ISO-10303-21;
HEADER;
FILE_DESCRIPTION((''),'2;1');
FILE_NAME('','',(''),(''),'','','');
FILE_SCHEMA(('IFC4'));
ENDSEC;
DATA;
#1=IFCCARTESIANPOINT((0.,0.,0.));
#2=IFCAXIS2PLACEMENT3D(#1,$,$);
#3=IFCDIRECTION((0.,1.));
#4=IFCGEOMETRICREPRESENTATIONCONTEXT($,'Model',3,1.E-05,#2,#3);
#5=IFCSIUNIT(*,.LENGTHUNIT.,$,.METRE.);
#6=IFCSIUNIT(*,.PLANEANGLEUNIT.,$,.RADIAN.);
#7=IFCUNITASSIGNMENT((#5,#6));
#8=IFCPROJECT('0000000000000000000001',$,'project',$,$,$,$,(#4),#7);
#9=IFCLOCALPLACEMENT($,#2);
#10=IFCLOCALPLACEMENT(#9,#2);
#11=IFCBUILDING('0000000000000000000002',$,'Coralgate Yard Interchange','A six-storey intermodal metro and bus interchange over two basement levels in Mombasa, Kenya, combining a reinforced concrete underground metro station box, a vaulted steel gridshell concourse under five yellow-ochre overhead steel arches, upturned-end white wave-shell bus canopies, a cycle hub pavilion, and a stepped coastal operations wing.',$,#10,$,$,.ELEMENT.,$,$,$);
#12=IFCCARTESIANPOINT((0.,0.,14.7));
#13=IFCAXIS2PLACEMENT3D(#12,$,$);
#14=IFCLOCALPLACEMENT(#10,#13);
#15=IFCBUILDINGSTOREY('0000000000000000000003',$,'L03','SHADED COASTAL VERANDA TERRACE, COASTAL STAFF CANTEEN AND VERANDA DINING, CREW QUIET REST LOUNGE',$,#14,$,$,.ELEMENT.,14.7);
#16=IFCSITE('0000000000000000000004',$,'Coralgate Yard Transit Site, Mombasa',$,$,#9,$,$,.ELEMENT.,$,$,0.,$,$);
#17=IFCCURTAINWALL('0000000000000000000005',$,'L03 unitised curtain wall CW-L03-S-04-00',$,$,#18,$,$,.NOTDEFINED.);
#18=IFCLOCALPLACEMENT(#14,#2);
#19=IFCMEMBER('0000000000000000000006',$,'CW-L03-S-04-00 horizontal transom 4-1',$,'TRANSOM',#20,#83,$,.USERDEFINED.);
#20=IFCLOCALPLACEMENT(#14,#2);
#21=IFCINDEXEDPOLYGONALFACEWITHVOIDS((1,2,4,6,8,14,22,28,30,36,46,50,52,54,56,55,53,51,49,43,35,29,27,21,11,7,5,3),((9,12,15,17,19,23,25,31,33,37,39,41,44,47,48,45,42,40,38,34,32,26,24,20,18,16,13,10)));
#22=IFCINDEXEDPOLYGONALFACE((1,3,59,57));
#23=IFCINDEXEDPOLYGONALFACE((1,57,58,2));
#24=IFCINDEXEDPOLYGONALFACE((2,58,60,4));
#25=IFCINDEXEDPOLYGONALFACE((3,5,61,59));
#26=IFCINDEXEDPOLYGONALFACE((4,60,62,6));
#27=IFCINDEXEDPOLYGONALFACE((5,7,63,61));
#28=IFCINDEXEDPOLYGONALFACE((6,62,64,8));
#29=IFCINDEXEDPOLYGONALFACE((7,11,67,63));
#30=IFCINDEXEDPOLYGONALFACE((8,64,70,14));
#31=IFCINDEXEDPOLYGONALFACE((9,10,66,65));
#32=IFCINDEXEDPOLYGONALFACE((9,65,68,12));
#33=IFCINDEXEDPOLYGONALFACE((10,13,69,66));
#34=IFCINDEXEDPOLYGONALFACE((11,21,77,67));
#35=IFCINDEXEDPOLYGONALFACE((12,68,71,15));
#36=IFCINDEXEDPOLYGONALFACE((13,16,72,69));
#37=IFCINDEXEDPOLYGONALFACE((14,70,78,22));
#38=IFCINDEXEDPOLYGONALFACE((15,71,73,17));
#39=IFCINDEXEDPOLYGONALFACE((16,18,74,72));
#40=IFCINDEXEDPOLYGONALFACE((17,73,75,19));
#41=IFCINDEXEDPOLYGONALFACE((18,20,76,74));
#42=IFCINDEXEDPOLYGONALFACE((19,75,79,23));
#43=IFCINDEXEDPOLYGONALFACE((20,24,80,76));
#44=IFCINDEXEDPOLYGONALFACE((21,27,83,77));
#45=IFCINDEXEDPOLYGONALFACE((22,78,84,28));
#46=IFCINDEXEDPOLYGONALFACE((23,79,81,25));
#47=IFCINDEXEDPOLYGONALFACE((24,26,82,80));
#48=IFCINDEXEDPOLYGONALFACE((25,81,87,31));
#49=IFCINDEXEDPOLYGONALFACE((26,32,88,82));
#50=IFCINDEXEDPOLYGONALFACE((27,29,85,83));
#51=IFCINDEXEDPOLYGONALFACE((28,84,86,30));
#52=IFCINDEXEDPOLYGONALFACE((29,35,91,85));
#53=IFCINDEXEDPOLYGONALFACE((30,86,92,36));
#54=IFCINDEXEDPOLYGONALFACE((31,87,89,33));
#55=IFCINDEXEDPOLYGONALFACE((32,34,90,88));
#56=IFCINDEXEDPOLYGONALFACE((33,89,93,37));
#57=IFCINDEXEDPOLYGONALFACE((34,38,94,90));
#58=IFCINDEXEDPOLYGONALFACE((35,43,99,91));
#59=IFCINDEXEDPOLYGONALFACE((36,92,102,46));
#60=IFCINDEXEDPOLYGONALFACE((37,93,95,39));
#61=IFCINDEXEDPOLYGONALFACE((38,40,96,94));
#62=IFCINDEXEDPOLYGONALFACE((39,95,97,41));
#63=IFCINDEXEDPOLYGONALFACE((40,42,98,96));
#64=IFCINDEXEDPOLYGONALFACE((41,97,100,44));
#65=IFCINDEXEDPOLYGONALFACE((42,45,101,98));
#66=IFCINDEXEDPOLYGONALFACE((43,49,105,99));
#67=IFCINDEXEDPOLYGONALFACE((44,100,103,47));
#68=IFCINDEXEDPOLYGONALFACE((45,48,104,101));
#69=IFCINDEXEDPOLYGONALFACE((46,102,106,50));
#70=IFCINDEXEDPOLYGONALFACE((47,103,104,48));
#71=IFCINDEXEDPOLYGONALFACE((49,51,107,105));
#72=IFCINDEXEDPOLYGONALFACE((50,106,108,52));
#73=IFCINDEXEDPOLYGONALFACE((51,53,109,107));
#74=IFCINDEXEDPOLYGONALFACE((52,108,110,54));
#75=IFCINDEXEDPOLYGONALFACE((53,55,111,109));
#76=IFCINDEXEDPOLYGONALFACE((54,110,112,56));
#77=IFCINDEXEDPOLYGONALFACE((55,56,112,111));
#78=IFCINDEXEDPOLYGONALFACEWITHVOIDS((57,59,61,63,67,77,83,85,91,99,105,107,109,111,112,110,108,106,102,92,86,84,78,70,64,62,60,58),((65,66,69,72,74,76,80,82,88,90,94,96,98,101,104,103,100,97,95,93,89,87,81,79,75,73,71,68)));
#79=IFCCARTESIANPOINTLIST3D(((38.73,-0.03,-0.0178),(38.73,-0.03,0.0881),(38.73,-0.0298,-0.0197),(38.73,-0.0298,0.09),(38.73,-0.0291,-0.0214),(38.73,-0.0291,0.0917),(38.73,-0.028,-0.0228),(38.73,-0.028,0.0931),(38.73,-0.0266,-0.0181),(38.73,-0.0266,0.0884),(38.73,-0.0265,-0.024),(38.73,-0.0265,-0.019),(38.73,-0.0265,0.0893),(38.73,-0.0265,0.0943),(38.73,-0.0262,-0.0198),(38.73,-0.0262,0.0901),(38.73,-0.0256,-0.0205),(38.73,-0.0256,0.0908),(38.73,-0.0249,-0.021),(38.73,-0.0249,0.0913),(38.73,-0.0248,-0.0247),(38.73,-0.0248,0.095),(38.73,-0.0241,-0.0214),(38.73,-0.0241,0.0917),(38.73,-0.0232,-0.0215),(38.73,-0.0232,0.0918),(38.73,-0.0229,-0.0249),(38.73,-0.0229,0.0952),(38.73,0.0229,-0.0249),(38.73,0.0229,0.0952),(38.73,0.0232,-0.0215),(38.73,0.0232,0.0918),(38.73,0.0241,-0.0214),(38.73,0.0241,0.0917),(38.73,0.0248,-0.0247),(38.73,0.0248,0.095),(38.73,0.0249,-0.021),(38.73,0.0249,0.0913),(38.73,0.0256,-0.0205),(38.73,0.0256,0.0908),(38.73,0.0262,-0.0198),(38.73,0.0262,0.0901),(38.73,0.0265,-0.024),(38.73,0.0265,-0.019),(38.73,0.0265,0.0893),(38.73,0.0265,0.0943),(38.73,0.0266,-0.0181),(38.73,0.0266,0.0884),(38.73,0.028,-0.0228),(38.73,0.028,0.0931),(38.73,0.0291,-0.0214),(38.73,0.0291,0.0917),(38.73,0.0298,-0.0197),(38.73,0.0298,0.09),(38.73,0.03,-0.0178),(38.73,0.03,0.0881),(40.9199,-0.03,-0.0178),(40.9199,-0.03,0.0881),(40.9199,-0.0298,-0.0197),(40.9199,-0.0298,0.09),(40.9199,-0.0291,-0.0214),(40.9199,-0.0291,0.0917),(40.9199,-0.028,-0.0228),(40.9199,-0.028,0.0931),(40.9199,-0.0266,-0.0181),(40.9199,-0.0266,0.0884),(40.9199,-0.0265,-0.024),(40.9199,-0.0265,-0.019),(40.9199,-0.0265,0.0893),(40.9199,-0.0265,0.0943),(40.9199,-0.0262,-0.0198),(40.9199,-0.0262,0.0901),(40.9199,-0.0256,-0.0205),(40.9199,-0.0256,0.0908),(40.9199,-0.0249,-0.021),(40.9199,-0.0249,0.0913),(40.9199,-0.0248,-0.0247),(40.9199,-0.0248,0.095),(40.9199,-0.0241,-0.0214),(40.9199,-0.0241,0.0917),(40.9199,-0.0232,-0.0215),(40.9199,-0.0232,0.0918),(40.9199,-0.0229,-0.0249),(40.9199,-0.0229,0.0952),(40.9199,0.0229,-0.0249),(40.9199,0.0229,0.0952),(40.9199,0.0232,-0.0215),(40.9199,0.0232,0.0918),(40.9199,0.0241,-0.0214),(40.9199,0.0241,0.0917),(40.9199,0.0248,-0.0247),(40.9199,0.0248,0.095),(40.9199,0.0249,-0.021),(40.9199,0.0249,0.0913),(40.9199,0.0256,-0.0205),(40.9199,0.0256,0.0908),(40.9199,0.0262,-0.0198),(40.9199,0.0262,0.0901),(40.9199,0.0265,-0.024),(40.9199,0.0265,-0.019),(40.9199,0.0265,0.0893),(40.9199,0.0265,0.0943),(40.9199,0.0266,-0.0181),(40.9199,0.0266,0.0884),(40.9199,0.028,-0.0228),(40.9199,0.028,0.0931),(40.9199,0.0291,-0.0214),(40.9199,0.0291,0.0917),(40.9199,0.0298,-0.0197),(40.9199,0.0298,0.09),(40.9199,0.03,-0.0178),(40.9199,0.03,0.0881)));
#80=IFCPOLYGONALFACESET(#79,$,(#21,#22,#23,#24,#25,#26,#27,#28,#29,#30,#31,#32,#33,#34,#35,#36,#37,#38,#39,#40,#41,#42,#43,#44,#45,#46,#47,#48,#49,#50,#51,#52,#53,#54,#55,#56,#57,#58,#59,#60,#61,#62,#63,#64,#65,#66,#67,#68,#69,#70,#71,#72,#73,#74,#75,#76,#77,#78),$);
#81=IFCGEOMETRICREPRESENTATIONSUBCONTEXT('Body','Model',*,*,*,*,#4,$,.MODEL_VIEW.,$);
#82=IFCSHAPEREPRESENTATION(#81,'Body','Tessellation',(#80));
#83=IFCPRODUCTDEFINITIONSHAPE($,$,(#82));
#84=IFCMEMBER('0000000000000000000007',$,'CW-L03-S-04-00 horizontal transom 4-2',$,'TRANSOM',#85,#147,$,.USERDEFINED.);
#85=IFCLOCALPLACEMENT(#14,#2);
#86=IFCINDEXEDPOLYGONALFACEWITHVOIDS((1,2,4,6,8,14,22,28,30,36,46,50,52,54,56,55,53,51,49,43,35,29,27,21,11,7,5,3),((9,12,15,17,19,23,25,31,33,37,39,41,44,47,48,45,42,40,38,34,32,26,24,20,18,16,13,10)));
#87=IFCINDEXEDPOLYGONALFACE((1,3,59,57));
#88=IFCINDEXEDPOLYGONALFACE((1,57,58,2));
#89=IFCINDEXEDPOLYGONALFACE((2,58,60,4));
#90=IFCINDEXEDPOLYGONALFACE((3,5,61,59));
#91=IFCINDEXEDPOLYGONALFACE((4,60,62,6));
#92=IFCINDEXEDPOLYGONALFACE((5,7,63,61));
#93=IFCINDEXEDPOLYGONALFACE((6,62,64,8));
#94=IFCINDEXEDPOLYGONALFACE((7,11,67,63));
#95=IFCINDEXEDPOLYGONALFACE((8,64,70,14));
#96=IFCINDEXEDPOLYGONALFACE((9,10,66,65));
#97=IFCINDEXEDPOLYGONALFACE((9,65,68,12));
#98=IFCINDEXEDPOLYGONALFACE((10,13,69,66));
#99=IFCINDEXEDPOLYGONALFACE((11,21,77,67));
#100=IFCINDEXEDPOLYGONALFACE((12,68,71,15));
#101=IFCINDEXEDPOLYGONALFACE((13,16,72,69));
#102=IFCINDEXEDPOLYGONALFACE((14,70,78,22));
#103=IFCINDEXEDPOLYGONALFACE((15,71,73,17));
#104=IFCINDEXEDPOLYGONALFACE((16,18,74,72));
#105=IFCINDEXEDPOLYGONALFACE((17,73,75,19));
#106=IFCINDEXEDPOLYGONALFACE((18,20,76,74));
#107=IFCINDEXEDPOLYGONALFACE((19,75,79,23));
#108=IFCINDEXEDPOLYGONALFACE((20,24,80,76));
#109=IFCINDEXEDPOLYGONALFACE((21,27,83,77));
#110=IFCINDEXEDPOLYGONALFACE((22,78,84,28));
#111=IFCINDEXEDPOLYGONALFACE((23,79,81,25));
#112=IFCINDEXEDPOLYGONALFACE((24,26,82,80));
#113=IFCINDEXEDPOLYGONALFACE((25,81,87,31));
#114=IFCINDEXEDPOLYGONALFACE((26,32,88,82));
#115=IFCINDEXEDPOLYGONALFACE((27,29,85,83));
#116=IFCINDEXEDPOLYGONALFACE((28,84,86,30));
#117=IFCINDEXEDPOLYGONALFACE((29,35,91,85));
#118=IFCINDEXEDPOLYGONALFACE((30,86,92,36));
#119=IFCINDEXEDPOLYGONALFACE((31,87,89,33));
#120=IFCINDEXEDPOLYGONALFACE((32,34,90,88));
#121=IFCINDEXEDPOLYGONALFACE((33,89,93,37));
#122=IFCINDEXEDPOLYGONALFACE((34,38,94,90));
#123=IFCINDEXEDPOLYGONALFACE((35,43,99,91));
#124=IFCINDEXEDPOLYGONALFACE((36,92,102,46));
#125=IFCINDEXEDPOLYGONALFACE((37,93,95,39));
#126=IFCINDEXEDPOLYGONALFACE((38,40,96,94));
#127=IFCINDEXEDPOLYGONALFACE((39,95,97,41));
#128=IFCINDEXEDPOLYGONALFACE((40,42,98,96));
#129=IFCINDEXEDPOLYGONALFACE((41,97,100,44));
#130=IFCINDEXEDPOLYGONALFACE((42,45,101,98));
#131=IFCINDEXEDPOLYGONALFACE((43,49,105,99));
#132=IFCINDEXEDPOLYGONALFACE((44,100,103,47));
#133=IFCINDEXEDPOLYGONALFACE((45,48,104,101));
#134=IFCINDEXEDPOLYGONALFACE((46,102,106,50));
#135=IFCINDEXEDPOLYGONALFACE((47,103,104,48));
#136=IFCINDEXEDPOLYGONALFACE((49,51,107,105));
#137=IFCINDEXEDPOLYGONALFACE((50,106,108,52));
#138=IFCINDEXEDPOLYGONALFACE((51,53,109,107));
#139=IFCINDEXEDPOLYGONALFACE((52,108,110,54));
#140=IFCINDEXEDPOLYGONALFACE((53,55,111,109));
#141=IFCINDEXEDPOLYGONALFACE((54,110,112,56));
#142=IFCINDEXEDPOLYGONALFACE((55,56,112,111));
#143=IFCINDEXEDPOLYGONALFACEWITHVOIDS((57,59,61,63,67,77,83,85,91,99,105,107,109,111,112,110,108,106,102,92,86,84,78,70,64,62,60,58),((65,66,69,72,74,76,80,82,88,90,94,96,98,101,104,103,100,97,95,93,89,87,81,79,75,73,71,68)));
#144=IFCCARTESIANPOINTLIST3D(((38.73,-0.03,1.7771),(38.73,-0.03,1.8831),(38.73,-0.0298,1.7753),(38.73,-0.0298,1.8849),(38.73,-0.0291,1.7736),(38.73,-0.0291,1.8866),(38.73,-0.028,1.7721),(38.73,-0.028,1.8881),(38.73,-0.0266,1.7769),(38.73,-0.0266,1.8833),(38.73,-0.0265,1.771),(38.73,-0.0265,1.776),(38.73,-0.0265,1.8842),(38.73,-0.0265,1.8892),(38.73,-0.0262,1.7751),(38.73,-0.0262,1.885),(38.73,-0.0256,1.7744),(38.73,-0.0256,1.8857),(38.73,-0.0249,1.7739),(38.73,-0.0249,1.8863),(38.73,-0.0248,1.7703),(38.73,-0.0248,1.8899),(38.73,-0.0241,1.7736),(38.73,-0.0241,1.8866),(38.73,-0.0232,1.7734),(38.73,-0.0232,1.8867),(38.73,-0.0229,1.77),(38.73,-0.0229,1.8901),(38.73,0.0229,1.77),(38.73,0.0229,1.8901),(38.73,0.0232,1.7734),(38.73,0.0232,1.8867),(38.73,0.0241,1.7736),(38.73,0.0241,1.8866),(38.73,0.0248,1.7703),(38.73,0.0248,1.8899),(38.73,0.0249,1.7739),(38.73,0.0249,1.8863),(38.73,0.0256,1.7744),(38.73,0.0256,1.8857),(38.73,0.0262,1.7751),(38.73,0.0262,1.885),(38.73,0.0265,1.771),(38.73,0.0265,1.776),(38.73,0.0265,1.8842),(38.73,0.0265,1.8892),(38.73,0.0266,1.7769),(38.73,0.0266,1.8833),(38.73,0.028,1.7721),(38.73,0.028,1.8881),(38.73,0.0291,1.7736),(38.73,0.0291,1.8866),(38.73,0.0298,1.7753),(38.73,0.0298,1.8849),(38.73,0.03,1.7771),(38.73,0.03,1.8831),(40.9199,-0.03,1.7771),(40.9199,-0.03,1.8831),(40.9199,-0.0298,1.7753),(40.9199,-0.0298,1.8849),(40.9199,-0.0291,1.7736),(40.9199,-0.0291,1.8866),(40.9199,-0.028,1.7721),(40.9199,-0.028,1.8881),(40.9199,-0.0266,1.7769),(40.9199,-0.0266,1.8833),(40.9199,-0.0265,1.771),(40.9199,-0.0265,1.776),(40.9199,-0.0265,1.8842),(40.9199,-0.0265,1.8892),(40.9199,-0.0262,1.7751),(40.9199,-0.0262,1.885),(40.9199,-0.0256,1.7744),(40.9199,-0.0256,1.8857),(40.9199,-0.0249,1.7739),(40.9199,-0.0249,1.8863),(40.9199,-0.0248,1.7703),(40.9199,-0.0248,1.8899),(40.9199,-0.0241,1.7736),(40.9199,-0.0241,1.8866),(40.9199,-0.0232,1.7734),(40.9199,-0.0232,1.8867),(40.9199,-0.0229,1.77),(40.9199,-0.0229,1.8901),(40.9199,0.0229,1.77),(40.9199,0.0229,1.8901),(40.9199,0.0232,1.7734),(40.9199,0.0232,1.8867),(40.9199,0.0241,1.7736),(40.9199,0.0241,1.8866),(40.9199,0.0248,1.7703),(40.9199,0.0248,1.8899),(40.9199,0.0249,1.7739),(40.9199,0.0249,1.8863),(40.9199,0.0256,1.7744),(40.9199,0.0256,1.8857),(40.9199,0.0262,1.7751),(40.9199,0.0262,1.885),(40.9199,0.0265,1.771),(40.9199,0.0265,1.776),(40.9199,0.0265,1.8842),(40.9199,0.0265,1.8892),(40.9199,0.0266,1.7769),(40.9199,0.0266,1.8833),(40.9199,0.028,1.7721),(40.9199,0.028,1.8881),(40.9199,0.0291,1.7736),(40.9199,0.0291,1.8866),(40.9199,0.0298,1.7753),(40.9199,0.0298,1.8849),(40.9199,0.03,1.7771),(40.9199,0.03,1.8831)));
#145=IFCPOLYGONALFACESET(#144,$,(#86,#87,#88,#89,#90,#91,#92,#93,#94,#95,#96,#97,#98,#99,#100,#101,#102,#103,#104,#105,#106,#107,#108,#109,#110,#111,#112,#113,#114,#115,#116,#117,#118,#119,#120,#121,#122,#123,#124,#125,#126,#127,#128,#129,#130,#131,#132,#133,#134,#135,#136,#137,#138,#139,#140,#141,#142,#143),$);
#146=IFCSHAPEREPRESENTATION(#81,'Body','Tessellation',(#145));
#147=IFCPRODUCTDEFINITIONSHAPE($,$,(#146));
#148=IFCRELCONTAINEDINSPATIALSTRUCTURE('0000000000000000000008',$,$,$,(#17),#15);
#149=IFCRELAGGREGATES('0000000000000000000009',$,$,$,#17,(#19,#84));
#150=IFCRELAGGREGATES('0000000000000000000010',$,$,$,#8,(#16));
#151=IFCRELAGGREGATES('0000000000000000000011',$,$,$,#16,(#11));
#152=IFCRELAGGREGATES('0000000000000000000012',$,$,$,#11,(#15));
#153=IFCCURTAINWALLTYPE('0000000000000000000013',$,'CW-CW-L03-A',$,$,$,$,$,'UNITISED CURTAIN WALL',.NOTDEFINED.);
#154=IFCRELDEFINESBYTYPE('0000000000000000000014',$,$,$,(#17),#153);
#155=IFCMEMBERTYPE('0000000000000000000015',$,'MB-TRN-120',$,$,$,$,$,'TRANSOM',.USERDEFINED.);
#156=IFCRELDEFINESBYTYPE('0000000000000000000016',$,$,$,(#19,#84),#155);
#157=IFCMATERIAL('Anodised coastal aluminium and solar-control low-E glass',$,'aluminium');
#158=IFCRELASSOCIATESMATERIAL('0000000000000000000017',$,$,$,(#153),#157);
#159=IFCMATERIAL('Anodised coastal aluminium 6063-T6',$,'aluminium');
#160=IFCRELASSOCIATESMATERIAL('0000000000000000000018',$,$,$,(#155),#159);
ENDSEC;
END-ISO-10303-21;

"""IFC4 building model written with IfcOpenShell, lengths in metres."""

from ifc_helpers import new_model, si_unit, direction, frame, origin, origin_2d, place, context, subcontext, project, spatial, hollow_rectangle, extrude, material, material_profile, profile_set, type_object, element, aggregate, save


model = new_model("IFC4")

# Units and contexts
model_context = context("Model", 3, precision=1e-05, world=origin(), true_north=direction((0.0, 1.0)))
body_context = subcontext(model_context, "Body", "Model", "MODEL_VIEW")
ifc_project = project(units=[si_unit("LENGTHUNIT", "METRE"), si_unit("PLANEANGLEUNIT", "RADIAN")], contexts=[model_context])

# Site, building, storey
site_placement = place(None, origin())
site = spatial("IfcSite", under=ifc_project, at=site_placement, Name="Coralgate Yard Transit Site, Mombasa", CompositionType="ELEMENT", RefElevation=0.0)
building_placement = place(site_placement, origin())
building = spatial("IfcBuilding", under=site, at=building_placement, Name="Coralgate Yard Interchange", Description="A six-storey intermodal metro and bus interchange over two basement levels in Mombasa, Kenya, combining a reinforced concrete underground metro station box, a vaulted steel gridshell concourse under five yellow-ochre overhead steel arches, upturned-end white wave-shell bus canopies, a cycle hub pavilion, and a stepped coastal operations wing.", CompositionType="ELEMENT")
storey_placement = place(building_placement, frame((0.0, 0.0, 14.7)))
storey = spatial("IfcBuildingStorey", under=building, at=storey_placement, Name="L03", Description="SHADED COASTAL VERANDA TERRACE, COASTAL STAFF CANTEEN AND VERANDA DINING, CREW QUIET REST LOUNGE", CompositionType="ELEMENT", Elevation=14.7)

# Curtain wall
ifc_material_1 = material(Name="Anodised coastal aluminium and solar-control low-E glass", Category="aluminium")
curtain_wall_type = type_object("IfcCurtainWallType", Name="CW-CW-L03-A", ElementType="UNITISED CURTAIN WALL", PredefinedType="NOTDEFINED", material=ifc_material_1)
ifc_material_2 = material(Name="Anodised coastal aluminium 6063-T6", Category="aluminium")
curtain_wall_1_placement = place(storey_placement, origin())
curtain_wall_1 = element("IfcCurtainWall", 1, at=curtain_wall_1_placement, inside=storey, type_object=curtain_wall_type, Name="L03 unitised curtain wall CW-L03-S-04-00", PredefinedType="NOTDEFINED")

# Members
ifc_material_profile_1 = material_profile(ifc_material_2, hollow_rectangle(XDim=0.0601, YDim=0.1201, WallThickness=0.0034, InnerFilletRadius=0.0034, OuterFilletRadius=0.0071, at=origin_2d()), Name="ALU 60x120x3.5")
ifc_profile_set_1 = profile_set([ifc_material_profile_1], Name="Anodised coastal aluminium 6063-T6")
member_type_1 = type_object("IfcMemberType", Name="MB-TRN-120", ElementType="TRANSOM", PredefinedType="USERDEFINED", material=ifc_profile_set_1)
member_1_placement = place(storey_placement, frame((40.9199, 0.0, 0.0352), z_axis=(-1.0, 0.0, 0.0), x_axis=(0.0, -1.0, 0.0)))
member_1 = element("IfcMember", 2, at=member_1_placement, type_object=member_type_1, Name="CW-L03-S-04-00 horizontal transom 4-1", ObjectType="TRANSOM", PredefinedType="USERDEFINED", context=body_context, shape_type="SweptSolid", body=[
    extrude(hollow_rectangle(XDim=0.0601, YDim=0.1201, WallThickness=0.0034, InnerFilletRadius=0.0034, OuterFilletRadius=0.0071, at=origin_2d()), origin(), (0.0, 0.0, 1.0), 2.1899),
])
member_2_placement = place(storey_placement, frame((40.9199, 0.0, 1.8301), z_axis=(-1.0, 0.0, 0.0), x_axis=(0.0, -1.0, 0.0)))
member_2 = element("IfcMember", 3, at=member_2_placement, type_object=member_type_1, Name="CW-L03-S-04-00 horizontal transom 4-2", ObjectType="TRANSOM", PredefinedType="USERDEFINED", context=body_context, shape_type="SweptSolid", body=[
    extrude(hollow_rectangle(XDim=0.0601, YDim=0.1201, WallThickness=0.0034, InnerFilletRadius=0.0034, OuterFilletRadius=0.0071, at=origin_2d()), origin(), (0.0, 0.0, 1.0), 2.1899),
])

aggregate(curtain_wall_1, [member_1, member_2])

save(model, "model.ifc")
